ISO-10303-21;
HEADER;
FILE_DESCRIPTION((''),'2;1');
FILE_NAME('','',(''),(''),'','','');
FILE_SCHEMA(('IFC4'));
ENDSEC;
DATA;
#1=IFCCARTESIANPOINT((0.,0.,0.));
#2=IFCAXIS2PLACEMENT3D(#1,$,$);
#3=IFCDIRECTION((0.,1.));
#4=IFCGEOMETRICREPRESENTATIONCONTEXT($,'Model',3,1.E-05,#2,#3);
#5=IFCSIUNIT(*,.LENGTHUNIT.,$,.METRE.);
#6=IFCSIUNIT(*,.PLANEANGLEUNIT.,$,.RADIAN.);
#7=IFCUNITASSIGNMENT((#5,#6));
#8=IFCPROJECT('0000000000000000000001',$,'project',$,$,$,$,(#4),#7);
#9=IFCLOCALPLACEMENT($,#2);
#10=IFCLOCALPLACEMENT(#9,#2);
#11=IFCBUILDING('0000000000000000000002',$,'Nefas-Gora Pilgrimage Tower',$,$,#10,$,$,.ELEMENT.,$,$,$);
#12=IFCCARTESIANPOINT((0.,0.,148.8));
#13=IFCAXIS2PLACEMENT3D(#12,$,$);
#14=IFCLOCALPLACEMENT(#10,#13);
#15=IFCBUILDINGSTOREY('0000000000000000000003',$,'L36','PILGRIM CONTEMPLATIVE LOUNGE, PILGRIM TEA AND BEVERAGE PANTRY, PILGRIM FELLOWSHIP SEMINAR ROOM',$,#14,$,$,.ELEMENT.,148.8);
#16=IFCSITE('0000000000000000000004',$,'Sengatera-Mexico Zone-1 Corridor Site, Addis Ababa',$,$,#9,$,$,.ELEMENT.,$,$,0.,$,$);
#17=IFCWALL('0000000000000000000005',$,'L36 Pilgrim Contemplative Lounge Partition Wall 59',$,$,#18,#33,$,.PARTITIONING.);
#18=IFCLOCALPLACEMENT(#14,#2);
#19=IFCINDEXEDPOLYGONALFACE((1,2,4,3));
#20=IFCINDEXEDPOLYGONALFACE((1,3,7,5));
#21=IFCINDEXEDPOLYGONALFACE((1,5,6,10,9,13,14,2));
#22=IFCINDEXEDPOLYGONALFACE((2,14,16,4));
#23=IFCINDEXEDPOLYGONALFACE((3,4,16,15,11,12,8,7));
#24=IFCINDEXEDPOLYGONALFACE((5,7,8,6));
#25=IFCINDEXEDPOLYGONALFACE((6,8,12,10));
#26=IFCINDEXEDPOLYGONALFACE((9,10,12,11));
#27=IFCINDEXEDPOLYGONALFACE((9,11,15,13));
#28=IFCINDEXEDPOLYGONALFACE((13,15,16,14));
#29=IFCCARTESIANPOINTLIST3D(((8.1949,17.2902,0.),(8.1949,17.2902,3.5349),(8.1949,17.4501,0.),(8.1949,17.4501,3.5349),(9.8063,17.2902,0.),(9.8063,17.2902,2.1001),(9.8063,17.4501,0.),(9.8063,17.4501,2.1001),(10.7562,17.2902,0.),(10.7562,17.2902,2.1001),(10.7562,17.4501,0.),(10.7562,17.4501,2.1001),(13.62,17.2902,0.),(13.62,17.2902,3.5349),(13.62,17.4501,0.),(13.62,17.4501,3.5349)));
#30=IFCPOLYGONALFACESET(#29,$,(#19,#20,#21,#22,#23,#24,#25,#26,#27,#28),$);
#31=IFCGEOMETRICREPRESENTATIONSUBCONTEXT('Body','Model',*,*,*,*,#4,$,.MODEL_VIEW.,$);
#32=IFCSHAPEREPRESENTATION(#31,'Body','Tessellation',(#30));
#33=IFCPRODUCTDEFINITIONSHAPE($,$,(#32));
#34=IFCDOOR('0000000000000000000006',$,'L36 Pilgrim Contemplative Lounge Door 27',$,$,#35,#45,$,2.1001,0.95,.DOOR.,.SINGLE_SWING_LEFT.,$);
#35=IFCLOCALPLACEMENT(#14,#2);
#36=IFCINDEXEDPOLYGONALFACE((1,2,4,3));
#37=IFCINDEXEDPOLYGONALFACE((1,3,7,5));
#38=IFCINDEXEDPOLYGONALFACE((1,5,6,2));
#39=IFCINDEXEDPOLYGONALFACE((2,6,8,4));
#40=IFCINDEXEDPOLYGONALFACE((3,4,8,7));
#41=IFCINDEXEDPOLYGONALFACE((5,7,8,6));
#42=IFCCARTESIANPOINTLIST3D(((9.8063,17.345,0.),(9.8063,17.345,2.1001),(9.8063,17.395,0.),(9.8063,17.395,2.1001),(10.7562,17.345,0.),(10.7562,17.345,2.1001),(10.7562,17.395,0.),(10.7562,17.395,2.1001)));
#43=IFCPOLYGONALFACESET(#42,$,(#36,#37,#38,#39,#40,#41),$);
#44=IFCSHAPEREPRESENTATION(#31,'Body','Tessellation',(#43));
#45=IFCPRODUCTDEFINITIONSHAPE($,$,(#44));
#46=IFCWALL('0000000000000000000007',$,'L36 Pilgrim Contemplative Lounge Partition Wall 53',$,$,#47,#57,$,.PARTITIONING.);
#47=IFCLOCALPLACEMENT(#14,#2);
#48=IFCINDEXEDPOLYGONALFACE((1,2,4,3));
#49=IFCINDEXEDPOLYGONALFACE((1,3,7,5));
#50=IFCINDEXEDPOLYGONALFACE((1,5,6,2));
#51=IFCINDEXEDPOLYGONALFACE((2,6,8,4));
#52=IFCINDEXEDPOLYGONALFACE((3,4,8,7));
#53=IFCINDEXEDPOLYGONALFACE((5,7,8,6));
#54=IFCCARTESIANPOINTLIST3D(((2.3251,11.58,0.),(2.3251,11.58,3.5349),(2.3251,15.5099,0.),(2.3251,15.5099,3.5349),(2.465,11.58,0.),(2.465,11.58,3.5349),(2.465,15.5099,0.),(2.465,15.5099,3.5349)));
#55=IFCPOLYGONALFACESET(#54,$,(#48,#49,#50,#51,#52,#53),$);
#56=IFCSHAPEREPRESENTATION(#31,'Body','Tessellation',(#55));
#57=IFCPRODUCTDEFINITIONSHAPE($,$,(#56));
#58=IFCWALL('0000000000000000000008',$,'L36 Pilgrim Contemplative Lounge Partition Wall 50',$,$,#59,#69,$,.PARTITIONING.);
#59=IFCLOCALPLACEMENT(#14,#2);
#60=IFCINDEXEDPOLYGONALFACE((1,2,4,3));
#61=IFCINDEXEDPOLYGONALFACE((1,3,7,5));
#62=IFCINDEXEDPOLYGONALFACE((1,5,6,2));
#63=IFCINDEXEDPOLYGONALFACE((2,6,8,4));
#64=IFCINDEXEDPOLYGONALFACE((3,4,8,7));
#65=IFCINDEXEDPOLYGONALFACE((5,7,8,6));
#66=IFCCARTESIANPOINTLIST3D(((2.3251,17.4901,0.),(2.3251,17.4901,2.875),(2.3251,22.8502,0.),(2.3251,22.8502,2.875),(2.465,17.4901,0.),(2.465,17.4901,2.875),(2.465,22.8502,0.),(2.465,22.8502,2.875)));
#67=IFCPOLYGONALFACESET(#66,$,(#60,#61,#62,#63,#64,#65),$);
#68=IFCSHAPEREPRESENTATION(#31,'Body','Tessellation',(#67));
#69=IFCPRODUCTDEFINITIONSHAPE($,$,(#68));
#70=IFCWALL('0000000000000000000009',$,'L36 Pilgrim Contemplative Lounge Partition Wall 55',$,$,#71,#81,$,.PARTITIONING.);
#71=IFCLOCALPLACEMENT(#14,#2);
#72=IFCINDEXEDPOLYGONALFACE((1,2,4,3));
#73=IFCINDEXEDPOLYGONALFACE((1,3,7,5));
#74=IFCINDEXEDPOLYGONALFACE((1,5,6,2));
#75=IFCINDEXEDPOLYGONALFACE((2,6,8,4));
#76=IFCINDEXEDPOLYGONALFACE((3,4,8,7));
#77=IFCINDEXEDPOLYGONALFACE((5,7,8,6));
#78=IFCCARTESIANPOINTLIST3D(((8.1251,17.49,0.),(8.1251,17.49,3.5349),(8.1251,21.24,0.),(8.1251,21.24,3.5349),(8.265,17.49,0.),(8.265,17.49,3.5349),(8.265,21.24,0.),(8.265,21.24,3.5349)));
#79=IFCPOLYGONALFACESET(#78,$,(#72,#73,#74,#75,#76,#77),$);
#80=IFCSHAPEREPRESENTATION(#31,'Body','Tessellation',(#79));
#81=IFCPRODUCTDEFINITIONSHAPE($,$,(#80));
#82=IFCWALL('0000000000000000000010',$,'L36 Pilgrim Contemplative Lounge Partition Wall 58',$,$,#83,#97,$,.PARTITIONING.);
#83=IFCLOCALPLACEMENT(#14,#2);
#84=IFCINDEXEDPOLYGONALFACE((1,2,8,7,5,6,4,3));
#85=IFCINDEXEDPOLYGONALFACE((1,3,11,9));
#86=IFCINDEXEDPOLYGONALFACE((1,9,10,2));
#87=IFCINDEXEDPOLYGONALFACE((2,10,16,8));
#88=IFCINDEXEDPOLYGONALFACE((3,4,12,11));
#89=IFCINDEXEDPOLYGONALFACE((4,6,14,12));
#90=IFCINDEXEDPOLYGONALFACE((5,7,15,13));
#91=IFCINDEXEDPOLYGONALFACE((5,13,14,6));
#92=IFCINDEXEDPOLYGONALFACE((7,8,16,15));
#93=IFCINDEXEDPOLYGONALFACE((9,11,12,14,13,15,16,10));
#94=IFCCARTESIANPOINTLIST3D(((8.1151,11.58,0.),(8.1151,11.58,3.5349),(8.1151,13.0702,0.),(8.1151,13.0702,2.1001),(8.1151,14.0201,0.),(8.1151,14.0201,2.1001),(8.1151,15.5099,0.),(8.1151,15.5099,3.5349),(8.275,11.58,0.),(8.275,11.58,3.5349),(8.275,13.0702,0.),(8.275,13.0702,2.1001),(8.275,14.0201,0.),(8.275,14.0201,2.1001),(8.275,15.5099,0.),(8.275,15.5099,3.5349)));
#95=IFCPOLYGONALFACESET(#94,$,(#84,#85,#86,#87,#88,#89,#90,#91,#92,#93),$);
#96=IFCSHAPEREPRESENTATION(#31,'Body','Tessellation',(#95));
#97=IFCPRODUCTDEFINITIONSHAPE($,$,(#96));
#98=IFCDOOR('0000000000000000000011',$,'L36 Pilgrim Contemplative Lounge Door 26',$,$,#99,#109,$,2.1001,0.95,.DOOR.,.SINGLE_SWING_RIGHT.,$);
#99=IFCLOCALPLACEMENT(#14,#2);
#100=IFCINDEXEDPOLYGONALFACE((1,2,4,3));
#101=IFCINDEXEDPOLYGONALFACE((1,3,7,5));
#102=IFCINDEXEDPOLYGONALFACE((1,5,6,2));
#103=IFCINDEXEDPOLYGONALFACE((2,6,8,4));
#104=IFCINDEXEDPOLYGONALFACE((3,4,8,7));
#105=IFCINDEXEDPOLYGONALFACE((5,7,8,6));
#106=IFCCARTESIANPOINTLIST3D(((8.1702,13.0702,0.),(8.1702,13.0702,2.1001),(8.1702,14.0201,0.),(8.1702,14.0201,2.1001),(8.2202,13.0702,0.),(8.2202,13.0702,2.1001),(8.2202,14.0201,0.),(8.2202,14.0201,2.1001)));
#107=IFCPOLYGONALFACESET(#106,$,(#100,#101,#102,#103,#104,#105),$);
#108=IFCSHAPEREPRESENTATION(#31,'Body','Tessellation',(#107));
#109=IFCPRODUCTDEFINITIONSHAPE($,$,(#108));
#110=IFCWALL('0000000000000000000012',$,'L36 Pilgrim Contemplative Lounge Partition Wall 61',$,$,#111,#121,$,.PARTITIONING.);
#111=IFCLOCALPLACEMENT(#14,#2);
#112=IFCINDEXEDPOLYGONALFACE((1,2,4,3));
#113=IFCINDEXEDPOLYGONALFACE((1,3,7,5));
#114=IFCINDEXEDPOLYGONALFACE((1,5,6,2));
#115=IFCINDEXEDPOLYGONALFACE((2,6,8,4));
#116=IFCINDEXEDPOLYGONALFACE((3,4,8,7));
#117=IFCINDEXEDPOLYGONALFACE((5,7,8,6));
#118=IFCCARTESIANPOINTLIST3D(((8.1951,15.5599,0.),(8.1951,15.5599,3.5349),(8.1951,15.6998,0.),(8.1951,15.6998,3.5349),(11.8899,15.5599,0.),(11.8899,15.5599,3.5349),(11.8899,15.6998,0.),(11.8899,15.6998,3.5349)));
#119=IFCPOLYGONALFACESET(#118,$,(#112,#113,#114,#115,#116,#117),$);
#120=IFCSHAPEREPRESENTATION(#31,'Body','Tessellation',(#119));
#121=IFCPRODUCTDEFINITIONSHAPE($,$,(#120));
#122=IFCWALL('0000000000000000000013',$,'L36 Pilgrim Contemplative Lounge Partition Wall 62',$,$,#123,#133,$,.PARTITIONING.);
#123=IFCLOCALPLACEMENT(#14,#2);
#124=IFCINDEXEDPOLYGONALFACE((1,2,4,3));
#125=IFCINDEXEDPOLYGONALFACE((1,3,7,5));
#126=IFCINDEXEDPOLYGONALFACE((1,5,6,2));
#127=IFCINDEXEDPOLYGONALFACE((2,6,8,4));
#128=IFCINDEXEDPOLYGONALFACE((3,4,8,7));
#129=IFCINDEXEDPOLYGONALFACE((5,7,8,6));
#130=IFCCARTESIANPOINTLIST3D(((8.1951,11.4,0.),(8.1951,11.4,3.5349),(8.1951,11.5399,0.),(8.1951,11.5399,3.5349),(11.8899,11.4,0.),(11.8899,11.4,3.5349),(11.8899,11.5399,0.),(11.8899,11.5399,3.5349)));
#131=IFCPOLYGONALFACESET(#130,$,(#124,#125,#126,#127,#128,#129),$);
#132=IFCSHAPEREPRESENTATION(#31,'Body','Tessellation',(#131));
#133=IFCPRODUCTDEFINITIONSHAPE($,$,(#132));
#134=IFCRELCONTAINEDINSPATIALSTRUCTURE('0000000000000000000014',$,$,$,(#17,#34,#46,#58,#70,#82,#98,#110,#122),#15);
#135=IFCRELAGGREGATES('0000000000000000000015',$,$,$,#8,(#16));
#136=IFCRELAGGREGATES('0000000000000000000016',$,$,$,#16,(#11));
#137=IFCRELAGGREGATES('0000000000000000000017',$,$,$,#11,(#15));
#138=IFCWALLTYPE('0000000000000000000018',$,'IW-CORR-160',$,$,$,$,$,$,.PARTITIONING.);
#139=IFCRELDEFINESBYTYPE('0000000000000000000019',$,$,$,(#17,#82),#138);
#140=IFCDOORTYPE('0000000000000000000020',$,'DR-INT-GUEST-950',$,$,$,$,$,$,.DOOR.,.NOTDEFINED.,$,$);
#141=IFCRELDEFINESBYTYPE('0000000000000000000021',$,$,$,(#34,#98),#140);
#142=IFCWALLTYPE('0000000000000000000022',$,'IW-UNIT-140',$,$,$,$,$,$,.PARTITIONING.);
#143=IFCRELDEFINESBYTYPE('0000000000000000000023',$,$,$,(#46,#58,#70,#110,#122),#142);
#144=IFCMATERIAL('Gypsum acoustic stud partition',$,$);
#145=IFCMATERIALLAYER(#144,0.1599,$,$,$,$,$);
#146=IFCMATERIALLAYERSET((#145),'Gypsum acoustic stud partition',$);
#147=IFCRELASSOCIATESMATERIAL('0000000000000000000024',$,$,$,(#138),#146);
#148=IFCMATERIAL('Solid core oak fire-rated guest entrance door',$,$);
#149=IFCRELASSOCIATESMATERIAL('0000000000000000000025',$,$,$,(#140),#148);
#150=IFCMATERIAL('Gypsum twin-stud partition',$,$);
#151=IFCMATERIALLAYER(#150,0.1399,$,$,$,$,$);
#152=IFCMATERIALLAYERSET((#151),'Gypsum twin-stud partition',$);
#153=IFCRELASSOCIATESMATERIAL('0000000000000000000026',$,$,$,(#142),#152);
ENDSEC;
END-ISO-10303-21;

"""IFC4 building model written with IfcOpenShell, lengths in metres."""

from ifc_helpers import new_model, si_unit, direction, frame, frame_2d, origin, place, context, subcontext, project, spatial, rectangle, extrude, source, transform, mapped, material, layer, layer_set, type_object, element, fill, save


model = new_model("IFC4")

# Units and contexts
model_context = context("Model", 3, precision=1e-05, world=origin(), true_north=direction((0.0, 1.0)))
body_context = subcontext(model_context, "Body", "Model", "MODEL_VIEW")
ifc_project = project(units=[si_unit("LENGTHUNIT", "METRE"), si_unit("PLANEANGLEUNIT", "RADIAN")], contexts=[model_context])

# Site, building, storey
site_placement = place(None, origin())
site = spatial("IfcSite", under=ifc_project, at=site_placement, Name="Sengatera-Mexico Zone-1 Corridor Site, Addis Ababa", CompositionType="ELEMENT", RefElevation=0.0)
building_placement = place(site_placement, origin())
building = spatial("IfcBuilding", under=site, at=building_placement, Name="Nefas-Gora Pilgrimage Tower", CompositionType="ELEMENT")
storey_placement = place(building_placement, frame((0.0, 0.0, 148.8)))
storey = spatial("IfcBuildingStorey", under=building, at=storey_placement, Name="L36", Description="PILGRIM CONTEMPLATIVE LOUNGE, PILGRIM TEA AND BEVERAGE PANTRY, PILGRIM FELLOWSHIP SEMINAR ROOM", CompositionType="ELEMENT", Elevation=148.8)

# Wall, opening, door
ifc_material_1 = material(Name="Gypsum acoustic stud partition")
ifc_layer_1 = layer(ifc_material_1, 0.1599)
ifc_layer_set_1 = layer_set([ifc_layer_1], Name="Gypsum acoustic stud partition")
wall_type_1 = type_object("IfcWallType", Name="IW-CORR-160", PredefinedType="PARTITIONING", material=ifc_layer_set_1)
ifc_material_2 = material(Name="Solid core oak fire-rated guest entrance door")
door_type = type_object("IfcDoorType", Name="DR-INT-GUEST-950", OperationType="NOTDEFINED", PredefinedType="DOOR", material=ifc_material_2)
shared_shape_1 = source(origin(), body_context, "Body", "SweptSolid", [
    extrude(rectangle(XDim=0.95, YDim=2.1001, at=frame_2d((0.4751, 1.05))), frame((0.0, 0.0249, 0.0), z_axis=(0.0, -1.0, 0.0), x_axis=(1.0, 0.0, 0.0)), (0.0, 0.0, 1.0), 0.05),
])
shared_shape_2 = source(origin(), body_context, "Body", "SweptSolid", [
    extrude(rectangle(XDim=5.425, YDim=0.1599, at=frame_2d((2.7124, 0.0))), origin(), (0.0, 0.0, 1.0), 3.5349),
])
wall_1_placement = place(storey_placement, frame((8.1951, 17.3701, 0.0), z_axis=(0.0, 0.0, 1.0), x_axis=(1.0, 0.0, 0.0)))
wall_1 = element("IfcWall", 1, at=wall_1_placement, inside=storey, type_object=wall_type_1, Name="L36 Pilgrim Contemplative Lounge Partition Wall 59", PredefinedType="PARTITIONING", context=body_context, shape_type="MappedRepresentation", body=[
    mapped(shared_shape_2, transform((0.0, 0.0, 0.0), x_axis=(1.0, 0.0, 0.0), y_axis=(0.0, 1.0, 0.0), z_axis=(0.0, 0.0, 1.0), scale=1.0)),
])
opening_1_placement = place(wall_1_placement, frame((1.6111, 0.0, 0.0)))
opening_1 = element("IfcOpeningElement", 2, at=opening_1_placement, cuts=wall_1, PredefinedType="OPENING", context=body_context, shape_type="SweptSolid", body=[
    extrude(rectangle(XDim=0.95, YDim=2.1001, at=frame_2d((0.4751, 1.05))), frame((0.0, 0.0898, 0.0), z_axis=(0.0, -1.0, 0.0), x_axis=(1.0, 0.0, 0.0)), (0.0, 0.0, 1.0), 0.1799),
])
door_1_placement = place(opening_1_placement, origin())
door_1 = element("IfcDoor", 3, at=door_1_placement, inside=storey, type_object=door_type, Name="L36 Pilgrim Contemplative Lounge Door 27", OperationType="SINGLE_SWING_LEFT", OverallHeight=2.1001, OverallWidth=0.95, PredefinedType="DOOR", context=body_context, shape_type="MappedRepresentation", body=[
    mapped(shared_shape_1, transform((0.0, 0.0, 0.0), x_axis=(1.0, 0.0, 0.0), y_axis=(0.0, 1.0, 0.0), z_axis=(0.0, 0.0, 1.0), scale=1.0)),
])
fill(opening_1, door_1)

# Walls
ifc_material_3 = material(Name="Gypsum twin-stud partition")
ifc_layer_2 = layer(ifc_material_3, 0.1399)
ifc_layer_set_2 = layer_set([ifc_layer_2], Name="Gypsum twin-stud partition")
wall_type_2 = type_object("IfcWallType", Name="IW-UNIT-140", PredefinedType="PARTITIONING", material=ifc_layer_set_2)
shared_shape_3 = source(origin(), body_context, "Body", "SweptSolid", [
    extrude(rectangle(XDim=3.9299, YDim=0.1399, at=frame_2d((1.9648, 0.0))), origin(), (0.0, 0.0, 1.0), 3.5349),
])
wall_2_placement = place(storey_placement, frame((2.395, 11.5801, 0.0), z_axis=(0.0, 0.0, 1.0), x_axis=(0.0, 1.0, 0.0)))
element("IfcWall", 4, at=wall_2_placement, inside=storey, type_object=wall_type_2, Name="L36 Pilgrim Contemplative Lounge Partition Wall 53", PredefinedType="PARTITIONING", context=body_context, shape_type="MappedRepresentation", body=[
    mapped(shared_shape_3, transform((0.0, 0.0, 0.0), x_axis=(1.0, 0.0, 0.0), y_axis=(0.0, 1.0, 0.0), z_axis=(0.0, 0.0, 1.0), scale=1.0)),
])
shared_shape_4 = source(origin(), body_context, "Body", "SweptSolid", [
    extrude(rectangle(XDim=5.3601, YDim=0.1399, at=frame_2d((2.6802, 0.0))), origin(), (0.0, 0.0, 1.0), 2.875),
])
wall_3_placement = place(storey_placement, frame((2.395, 17.49, 0.0), z_axis=(0.0, 0.0, 1.0), x_axis=(0.0, 1.0, 0.0)))
element("IfcWall", 5, at=wall_3_placement, inside=storey, type_object=wall_type_2, Name="L36 Pilgrim Contemplative Lounge Partition Wall 50", PredefinedType="PARTITIONING", context=body_context, shape_type="MappedRepresentation", body=[
    mapped(shared_shape_4, transform((0.0, 0.0, 0.0), x_axis=(1.0, 0.0, 0.0), y_axis=(0.0, 1.0, 0.0), z_axis=(0.0, 0.0, 1.0), scale=1.0)),
])
shared_shape_5 = source(origin(), body_context, "Body", "SweptSolid", [
    extrude(rectangle(XDim=3.75, YDim=0.1399, at=frame_2d((1.875, 0.0))), origin(), (0.0, 0.0, 1.0), 3.5349),
])
wall_4_placement = place(storey_placement, frame((8.1951, 17.49, 0.0), z_axis=(0.0, 0.0, 1.0), x_axis=(0.0, 1.0, 0.0)))
element("IfcWall", 6, at=wall_4_placement, inside=storey, type_object=wall_type_2, Name="L36 Pilgrim Contemplative Lounge Partition Wall 55", PredefinedType="PARTITIONING", context=body_context, shape_type="MappedRepresentation", body=[
    mapped(shared_shape_5, transform((0.0, 0.0, 0.0), x_axis=(1.0, 0.0, 0.0), y_axis=(0.0, 1.0, 0.0), z_axis=(0.0, 0.0, 1.0), scale=1.0)),
])

# Wall, opening, door
shared_shape_6 = source(origin(), body_context, "Body", "SweptSolid", [
    extrude(rectangle(XDim=3.9299, YDim=0.1599, at=frame_2d((1.9648, 0.0))), origin(), (0.0, 0.0, 1.0), 3.5349),
])
wall_5_placement = place(storey_placement, frame((8.1951, 11.5801, 0.0), z_axis=(0.0, 0.0, 1.0), x_axis=(0.0, 1.0, 0.0)))
wall_5 = element("IfcWall", 7, at=wall_5_placement, inside=storey, type_object=wall_type_1, Name="L36 Pilgrim Contemplative Lounge Partition Wall 58", PredefinedType="PARTITIONING", context=body_context, shape_type="MappedRepresentation", body=[
    mapped(shared_shape_6, transform((0.0, 0.0, 0.0), x_axis=(1.0, 0.0, 0.0), y_axis=(0.0, 1.0, 0.0), z_axis=(0.0, 0.0, 1.0), scale=1.0)),
])
opening_2_placement = place(wall_5_placement, frame((1.49, 0.0, 0.0)))
opening_2 = element("IfcOpeningElement", 8, at=opening_2_placement, cuts=wall_5, PredefinedType="OPENING", context=body_context, shape_type="SweptSolid", body=[
    extrude(rectangle(XDim=0.95, YDim=2.1001, at=frame_2d((0.4751, 1.05))), frame((0.0, 0.0898, 0.0), z_axis=(0.0, -1.0, 0.0), x_axis=(1.0, 0.0, 0.0)), (0.0, 0.0, 1.0), 0.1799),
])
door_2_placement = place(opening_2_placement, origin())
door_2 = element("IfcDoor", 9, at=door_2_placement, inside=storey, type_object=door_type, Name="L36 Pilgrim Contemplative Lounge Door 26", OperationType="SINGLE_SWING_RIGHT", OverallHeight=2.1001, OverallWidth=0.95, PredefinedType="DOOR", context=body_context, shape_type="MappedRepresentation", body=[
    mapped(shared_shape_1, transform((0.0, 0.0, 0.0), x_axis=(1.0, 0.0, 0.0), y_axis=(0.0, 1.0, 0.0), z_axis=(0.0, 0.0, 1.0), scale=1.0)),
])
fill(opening_2, door_2)

# Walls
shared_shape_7 = source(origin(), body_context, "Body", "SweptSolid", [
    extrude(rectangle(XDim=3.6948, YDim=0.1399, at=frame_2d((1.8474, 0.0))), origin(), (0.0, 0.0, 1.0), 3.5349),
])
for number, where, z_axis, x_axis, name in (
    (10, (8.1951, 15.6299, 0.0), (0.0, 0.0, 1.0), (1.0, 0.0, 0.0), "L36 Pilgrim Contemplative Lounge Partition Wall 61"),
    (11, (8.1951, 11.47, 0.0), (0.0, 0.0, 1.0), (1.0, 0.0, 0.0), "L36 Pilgrim Contemplative Lounge Partition Wall 62"),
):
    element("IfcWall", number, at=place(storey_placement, frame(where, z_axis=z_axis, x_axis=x_axis)), inside=storey, type_object=wall_type_2, Name=name, PredefinedType="PARTITIONING", context=body_context, shape_type="MappedRepresentation", body=[
        mapped(shared_shape_7, transform((0.0, 0.0, 0.0), x_axis=(1.0, 0.0, 0.0), y_axis=(0.0, 1.0, 0.0), z_axis=(0.0, 0.0, 1.0), scale=1.0)),
    ])

save(model, "model.ifc")
